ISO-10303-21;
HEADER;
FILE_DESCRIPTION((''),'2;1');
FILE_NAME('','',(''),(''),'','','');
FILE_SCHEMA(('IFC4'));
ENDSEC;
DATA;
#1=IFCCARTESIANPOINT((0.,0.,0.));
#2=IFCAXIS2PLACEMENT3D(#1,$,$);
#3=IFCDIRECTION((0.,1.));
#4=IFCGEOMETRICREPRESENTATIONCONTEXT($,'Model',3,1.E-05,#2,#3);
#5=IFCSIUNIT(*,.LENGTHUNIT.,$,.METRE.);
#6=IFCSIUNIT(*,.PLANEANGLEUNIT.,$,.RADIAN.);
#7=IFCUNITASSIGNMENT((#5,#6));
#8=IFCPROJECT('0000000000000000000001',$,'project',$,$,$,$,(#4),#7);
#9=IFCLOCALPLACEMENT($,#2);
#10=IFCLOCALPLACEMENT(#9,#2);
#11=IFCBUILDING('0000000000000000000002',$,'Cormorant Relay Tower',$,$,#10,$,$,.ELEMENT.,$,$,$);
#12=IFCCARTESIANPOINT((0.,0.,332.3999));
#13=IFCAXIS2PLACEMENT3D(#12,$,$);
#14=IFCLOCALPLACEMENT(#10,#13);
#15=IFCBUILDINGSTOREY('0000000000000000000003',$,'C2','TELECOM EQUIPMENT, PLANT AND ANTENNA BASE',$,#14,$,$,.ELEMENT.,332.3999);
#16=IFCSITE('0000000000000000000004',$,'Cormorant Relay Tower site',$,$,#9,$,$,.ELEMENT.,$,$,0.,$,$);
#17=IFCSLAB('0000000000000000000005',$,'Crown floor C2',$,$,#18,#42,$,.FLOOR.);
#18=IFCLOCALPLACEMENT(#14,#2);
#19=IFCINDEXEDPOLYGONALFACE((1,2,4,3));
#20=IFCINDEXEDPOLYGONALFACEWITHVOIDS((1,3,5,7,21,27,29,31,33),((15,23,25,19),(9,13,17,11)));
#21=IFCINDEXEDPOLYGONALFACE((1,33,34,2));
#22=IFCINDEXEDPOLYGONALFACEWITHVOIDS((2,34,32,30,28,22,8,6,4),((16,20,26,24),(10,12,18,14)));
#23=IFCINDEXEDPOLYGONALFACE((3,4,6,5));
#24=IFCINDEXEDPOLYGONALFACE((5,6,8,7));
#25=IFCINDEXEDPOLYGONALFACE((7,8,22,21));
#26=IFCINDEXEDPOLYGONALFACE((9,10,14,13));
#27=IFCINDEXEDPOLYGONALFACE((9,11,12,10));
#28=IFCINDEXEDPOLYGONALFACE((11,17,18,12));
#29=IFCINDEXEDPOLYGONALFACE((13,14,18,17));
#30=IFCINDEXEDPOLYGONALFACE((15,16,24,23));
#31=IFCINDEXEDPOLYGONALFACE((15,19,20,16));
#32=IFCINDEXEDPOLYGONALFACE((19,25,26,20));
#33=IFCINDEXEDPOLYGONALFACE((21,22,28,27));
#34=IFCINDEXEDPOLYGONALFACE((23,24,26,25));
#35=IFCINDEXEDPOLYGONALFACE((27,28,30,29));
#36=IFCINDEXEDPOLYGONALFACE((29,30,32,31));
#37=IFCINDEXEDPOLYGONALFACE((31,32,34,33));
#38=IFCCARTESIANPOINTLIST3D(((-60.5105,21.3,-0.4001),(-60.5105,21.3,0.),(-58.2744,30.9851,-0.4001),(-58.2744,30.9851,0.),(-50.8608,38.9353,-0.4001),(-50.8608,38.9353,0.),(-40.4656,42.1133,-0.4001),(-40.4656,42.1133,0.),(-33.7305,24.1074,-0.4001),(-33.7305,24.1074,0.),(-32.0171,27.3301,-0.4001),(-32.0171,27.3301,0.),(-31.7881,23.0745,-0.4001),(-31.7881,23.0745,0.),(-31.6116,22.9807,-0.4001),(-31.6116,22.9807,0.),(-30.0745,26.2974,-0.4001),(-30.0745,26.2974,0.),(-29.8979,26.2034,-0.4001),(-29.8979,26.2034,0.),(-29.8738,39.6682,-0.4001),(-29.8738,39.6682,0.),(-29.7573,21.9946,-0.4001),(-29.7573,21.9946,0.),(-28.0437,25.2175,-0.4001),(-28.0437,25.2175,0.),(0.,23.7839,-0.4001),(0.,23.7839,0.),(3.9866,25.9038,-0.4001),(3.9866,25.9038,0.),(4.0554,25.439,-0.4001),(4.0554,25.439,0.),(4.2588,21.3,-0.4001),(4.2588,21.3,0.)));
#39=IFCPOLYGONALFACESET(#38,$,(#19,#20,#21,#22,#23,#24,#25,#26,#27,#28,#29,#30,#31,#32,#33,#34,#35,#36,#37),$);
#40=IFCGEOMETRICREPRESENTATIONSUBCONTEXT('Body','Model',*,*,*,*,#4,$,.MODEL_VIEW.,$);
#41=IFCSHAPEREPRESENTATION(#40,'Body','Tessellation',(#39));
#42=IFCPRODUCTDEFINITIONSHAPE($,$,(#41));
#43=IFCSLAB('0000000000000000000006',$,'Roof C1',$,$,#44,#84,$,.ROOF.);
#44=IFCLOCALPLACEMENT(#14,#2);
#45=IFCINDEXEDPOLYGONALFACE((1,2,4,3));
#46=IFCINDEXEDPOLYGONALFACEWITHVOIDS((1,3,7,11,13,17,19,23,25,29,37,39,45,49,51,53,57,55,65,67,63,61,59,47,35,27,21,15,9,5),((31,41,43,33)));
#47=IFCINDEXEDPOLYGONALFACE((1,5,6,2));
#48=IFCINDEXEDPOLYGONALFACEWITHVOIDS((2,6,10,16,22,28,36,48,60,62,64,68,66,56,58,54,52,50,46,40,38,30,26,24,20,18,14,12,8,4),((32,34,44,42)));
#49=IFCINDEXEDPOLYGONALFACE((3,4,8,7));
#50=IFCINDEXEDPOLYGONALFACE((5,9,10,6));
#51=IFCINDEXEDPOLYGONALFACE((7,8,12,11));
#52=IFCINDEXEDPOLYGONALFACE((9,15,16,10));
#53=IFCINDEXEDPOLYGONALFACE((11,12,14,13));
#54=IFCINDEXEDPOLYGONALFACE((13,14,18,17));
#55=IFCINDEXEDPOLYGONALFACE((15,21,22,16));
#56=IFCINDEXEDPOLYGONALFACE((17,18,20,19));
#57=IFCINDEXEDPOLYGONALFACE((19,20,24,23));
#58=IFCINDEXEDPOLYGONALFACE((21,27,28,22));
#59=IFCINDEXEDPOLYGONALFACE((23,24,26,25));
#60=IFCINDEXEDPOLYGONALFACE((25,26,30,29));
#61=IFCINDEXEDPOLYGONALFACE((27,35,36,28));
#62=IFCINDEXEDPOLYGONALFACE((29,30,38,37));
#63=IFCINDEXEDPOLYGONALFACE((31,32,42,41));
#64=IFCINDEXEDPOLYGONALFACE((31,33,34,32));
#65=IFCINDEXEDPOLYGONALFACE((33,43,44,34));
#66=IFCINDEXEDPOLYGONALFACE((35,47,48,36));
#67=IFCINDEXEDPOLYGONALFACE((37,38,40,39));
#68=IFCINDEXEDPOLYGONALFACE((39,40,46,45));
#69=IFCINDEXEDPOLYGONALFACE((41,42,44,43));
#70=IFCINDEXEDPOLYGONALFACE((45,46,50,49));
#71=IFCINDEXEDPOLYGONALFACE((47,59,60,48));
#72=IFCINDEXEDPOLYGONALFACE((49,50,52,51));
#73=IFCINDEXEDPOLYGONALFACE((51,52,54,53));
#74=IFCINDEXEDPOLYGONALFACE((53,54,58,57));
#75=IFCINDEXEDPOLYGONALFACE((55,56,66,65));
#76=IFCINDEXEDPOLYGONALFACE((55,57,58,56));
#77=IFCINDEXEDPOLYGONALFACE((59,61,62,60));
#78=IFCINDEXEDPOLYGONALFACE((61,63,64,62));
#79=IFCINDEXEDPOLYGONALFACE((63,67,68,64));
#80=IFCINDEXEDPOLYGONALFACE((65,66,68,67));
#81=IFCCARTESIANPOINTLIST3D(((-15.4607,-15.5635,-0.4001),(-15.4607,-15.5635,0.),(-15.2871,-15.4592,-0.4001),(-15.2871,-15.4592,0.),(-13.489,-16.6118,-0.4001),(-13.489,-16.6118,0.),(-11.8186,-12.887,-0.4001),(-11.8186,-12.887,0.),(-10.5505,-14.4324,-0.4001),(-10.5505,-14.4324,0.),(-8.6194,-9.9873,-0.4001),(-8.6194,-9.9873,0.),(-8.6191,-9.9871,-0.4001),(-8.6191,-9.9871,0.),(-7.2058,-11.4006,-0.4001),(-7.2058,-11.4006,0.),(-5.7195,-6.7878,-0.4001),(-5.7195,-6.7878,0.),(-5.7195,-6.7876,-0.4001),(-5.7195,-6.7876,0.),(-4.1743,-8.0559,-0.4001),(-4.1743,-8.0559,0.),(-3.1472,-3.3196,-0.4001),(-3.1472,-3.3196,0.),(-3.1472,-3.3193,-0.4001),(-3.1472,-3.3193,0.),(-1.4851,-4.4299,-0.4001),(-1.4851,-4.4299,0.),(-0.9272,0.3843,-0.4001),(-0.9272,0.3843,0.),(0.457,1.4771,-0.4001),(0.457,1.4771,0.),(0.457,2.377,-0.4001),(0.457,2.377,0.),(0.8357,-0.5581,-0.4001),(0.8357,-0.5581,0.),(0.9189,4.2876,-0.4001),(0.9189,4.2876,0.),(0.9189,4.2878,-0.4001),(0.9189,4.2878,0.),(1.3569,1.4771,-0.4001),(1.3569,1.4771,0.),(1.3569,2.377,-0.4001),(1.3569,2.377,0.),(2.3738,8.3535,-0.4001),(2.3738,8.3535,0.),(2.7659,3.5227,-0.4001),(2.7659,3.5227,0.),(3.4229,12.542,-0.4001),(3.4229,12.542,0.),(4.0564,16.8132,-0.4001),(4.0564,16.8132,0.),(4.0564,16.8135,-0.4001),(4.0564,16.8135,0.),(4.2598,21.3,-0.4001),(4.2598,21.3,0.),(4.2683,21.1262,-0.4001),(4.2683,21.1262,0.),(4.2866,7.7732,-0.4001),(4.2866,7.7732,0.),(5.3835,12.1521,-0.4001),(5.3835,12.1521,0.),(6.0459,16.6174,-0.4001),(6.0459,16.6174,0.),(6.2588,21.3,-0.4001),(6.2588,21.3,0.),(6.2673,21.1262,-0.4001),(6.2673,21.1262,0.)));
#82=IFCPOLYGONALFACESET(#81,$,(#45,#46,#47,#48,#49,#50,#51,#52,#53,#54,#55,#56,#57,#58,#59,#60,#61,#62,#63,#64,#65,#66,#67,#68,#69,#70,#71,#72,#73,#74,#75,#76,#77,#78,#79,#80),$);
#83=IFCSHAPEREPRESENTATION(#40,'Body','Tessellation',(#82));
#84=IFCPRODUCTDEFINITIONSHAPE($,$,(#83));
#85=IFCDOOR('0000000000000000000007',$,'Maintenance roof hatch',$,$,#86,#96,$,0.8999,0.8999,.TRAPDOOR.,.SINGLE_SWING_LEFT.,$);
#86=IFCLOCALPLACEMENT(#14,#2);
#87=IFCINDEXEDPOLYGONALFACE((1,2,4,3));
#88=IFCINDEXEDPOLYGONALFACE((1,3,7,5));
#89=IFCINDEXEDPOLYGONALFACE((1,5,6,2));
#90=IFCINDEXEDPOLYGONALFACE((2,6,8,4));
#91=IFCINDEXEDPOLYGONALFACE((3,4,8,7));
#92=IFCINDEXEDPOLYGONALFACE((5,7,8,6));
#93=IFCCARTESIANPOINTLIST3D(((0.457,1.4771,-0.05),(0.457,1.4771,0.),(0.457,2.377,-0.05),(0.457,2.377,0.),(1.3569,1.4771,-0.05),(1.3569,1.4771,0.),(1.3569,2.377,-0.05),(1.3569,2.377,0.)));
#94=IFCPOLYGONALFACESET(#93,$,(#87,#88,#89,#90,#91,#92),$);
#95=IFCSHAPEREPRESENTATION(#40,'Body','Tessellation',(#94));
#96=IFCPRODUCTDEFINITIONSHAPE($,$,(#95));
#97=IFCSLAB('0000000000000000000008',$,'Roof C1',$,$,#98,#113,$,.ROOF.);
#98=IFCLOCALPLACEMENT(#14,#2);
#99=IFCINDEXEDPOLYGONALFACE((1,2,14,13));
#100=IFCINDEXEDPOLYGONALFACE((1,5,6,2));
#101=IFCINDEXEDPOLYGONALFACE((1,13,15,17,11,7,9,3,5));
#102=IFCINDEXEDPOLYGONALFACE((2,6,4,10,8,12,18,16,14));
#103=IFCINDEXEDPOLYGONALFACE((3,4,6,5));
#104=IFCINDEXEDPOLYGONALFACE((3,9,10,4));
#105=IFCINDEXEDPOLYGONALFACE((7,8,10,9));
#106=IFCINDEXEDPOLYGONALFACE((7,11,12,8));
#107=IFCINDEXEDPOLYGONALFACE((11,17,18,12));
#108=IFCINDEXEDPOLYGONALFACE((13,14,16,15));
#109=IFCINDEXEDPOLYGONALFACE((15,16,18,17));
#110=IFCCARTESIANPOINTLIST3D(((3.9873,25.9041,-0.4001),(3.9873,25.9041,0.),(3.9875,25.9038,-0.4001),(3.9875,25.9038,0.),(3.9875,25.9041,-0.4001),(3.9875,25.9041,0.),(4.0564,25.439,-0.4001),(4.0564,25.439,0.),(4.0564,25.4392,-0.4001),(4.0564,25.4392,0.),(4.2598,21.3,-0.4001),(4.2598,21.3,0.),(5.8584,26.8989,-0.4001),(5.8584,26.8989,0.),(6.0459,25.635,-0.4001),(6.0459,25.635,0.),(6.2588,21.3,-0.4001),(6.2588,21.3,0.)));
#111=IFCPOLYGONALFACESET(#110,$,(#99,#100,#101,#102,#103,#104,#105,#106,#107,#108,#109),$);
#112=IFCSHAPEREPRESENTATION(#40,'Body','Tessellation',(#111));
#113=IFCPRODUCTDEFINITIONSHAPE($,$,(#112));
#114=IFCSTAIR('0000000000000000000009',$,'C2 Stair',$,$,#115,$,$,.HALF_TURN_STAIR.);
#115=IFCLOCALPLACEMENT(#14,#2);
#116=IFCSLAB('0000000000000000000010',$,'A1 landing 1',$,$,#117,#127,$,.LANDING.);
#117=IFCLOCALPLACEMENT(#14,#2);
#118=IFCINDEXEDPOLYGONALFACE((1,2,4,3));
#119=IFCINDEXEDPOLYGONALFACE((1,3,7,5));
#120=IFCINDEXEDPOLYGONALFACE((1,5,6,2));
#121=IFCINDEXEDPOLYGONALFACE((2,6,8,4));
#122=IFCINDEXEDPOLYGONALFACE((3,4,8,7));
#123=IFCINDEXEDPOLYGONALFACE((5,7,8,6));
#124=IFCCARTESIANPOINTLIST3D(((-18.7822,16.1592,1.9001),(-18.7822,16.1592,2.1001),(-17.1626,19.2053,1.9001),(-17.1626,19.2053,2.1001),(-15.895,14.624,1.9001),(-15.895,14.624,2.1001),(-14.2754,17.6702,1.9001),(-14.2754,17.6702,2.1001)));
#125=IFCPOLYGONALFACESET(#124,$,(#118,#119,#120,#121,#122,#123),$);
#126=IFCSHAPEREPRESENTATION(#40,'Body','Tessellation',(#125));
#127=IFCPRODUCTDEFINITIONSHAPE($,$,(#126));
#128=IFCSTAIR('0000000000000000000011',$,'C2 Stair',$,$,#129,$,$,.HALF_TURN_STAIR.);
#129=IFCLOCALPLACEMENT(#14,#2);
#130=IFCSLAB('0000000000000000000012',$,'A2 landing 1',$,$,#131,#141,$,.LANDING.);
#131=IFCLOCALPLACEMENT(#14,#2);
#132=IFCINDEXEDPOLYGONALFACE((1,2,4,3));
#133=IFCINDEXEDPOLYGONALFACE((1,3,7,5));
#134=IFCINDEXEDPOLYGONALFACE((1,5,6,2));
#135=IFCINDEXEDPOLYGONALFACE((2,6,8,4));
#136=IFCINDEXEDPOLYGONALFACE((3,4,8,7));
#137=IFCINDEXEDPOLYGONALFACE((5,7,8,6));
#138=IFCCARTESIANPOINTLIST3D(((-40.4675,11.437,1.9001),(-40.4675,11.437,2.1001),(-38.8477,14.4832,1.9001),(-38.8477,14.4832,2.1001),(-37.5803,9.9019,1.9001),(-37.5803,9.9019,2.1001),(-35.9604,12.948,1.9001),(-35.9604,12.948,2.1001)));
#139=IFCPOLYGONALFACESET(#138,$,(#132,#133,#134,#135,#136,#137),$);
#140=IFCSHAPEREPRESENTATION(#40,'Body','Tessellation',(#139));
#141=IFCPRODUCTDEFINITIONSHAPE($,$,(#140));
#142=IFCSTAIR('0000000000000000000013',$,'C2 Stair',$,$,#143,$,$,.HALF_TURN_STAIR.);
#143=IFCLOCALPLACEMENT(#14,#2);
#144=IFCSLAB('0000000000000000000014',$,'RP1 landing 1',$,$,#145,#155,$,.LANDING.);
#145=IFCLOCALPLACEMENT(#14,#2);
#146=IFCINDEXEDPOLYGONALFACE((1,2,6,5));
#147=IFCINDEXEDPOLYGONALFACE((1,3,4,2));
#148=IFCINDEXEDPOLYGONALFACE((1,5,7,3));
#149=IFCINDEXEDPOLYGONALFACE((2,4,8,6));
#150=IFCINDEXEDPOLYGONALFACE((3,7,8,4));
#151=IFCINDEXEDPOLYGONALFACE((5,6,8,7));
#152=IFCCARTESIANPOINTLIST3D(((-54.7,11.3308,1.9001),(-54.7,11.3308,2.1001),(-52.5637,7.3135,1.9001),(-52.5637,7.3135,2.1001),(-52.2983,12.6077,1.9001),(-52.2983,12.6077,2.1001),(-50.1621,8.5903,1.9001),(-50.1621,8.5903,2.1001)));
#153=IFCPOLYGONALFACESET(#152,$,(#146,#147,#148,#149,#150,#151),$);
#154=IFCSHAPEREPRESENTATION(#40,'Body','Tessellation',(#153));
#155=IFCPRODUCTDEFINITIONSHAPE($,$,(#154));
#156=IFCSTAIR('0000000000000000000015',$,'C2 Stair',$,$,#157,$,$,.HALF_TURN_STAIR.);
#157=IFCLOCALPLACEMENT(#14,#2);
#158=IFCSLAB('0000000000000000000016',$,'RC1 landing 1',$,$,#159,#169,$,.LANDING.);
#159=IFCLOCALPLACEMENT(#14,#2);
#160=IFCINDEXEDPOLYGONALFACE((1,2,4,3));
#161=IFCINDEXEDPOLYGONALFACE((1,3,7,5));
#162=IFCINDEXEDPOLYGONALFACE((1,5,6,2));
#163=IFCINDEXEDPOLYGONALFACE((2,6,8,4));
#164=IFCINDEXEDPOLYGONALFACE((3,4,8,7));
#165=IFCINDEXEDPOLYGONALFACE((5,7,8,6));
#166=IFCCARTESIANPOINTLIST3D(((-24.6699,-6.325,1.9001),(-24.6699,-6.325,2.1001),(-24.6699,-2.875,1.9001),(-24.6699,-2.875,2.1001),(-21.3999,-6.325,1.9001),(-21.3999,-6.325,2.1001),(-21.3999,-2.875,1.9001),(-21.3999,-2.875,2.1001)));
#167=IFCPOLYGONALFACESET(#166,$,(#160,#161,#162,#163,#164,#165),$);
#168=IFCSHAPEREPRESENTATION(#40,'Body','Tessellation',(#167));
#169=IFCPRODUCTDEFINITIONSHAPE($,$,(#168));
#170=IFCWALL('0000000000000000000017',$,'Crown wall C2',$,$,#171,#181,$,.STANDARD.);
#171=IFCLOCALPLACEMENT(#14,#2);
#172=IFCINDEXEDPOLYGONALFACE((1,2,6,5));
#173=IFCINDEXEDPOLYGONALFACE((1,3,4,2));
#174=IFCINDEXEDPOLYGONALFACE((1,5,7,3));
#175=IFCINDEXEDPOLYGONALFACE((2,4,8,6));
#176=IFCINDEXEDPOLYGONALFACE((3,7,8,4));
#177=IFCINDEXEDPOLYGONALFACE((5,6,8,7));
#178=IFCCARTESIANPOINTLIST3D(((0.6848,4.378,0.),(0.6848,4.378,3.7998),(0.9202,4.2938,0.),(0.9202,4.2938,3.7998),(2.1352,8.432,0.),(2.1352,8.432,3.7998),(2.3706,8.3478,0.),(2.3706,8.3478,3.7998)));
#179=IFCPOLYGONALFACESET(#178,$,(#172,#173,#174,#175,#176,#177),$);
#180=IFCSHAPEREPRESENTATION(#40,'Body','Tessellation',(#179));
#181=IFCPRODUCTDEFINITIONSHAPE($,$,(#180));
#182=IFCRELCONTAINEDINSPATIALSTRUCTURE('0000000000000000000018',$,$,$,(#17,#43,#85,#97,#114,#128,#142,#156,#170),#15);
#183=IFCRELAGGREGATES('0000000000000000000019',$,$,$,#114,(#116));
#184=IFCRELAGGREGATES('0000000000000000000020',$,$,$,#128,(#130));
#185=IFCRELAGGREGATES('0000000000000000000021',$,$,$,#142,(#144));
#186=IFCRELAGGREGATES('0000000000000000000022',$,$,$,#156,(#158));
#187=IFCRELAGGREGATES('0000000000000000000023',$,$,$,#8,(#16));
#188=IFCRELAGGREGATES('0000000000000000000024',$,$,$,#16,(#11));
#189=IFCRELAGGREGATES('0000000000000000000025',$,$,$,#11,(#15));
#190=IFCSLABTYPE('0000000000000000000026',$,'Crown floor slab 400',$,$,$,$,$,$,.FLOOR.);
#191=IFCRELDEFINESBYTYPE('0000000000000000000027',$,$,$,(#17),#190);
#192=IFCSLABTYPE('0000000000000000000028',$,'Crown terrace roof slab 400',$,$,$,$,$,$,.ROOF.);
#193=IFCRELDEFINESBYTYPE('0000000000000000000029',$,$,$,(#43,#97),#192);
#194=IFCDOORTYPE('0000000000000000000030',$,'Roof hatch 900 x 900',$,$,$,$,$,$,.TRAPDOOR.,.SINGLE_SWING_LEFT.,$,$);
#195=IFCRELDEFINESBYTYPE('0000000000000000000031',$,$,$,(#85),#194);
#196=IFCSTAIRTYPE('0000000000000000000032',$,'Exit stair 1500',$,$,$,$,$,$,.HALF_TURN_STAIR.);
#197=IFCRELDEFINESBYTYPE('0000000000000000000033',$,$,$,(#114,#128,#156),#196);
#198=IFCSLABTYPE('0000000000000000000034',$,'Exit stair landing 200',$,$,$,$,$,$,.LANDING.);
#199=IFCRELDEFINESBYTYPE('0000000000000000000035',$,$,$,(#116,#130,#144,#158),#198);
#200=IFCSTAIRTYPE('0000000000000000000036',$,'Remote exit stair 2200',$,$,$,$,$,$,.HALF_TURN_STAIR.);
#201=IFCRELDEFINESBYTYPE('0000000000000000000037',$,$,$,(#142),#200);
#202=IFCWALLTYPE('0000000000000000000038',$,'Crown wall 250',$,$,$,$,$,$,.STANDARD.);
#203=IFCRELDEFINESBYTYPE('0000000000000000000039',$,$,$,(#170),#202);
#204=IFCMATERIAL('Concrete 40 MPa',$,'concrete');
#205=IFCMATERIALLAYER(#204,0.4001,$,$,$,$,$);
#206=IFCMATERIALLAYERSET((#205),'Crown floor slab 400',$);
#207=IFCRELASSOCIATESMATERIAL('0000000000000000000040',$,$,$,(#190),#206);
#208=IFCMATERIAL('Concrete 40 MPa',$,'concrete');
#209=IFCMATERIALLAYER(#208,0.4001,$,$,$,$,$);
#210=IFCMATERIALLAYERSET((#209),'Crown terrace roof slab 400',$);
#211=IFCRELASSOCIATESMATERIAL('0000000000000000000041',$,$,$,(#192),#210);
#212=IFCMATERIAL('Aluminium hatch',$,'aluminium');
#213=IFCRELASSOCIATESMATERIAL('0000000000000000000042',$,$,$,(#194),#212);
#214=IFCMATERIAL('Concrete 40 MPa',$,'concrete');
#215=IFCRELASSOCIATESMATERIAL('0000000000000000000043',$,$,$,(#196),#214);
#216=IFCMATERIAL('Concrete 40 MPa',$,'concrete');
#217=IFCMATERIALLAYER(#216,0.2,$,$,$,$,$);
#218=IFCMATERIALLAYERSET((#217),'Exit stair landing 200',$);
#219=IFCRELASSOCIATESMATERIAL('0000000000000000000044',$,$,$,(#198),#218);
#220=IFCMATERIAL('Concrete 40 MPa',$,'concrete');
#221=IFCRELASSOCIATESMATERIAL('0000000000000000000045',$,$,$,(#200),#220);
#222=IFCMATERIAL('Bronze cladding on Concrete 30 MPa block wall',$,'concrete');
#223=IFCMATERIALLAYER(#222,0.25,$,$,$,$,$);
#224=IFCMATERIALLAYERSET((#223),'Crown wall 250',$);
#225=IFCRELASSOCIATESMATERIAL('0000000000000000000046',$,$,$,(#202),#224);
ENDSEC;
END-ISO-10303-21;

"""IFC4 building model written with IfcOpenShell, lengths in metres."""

from ifc_helpers import new_model, si_unit, direction, frame, frame_2d, origin, origin_2d, place, context, subcontext, project, spatial, polyline, rectangle, outline, extrude, material, layer, layer_set, type_object, element, fill, aggregate, save


model = new_model("IFC4")

# Units and contexts
model_context = context("Model", 3, precision=1e-05, world=origin(), true_north=direction((0.0, 1.0)))
body_context = subcontext(model_context, "Body", "Model", "MODEL_VIEW")
ifc_project = project(units=[si_unit("LENGTHUNIT", "METRE"), si_unit("PLANEANGLEUNIT", "RADIAN")], contexts=[model_context])

# Site, building, storey
site_placement = place(None, origin())
site = spatial("IfcSite", under=ifc_project, at=site_placement, Name="Cormorant Relay Tower site", CompositionType="ELEMENT", RefElevation=0.0)
building_placement = place(site_placement, origin())
building = spatial("IfcBuilding", under=site, at=building_placement, Name="Cormorant Relay Tower", CompositionType="ELEMENT")
storey_placement = place(building_placement, frame((0.0, 0.0, 332.3999)))
storey = spatial("IfcBuildingStorey", under=building, at=storey_placement, Name="C2", Description="TELECOM EQUIPMENT, PLANT AND ANTENNA BASE", CompositionType="ELEMENT", Elevation=332.3999)

# Slab
ifc_material_1 = material(Name="Concrete 40 MPa", Category="concrete")
ifc_layer_1 = layer(ifc_material_1, 0.4001)
ifc_layer_set_1 = layer_set([ifc_layer_1], Name="Crown floor slab 400")
slab_type_1 = type_object("IfcSlabType", Name="Crown floor slab 400", PredefinedType="FLOOR", material=ifc_layer_set_1)
slab_1_placement = place(storey_placement, frame((0.0, 0.0, -0.4001)))
element("IfcSlab", 1, at=slab_1_placement, inside=storey, type_object=slab_type_1, Name="Crown floor C2", PredefinedType="FLOOR", context=body_context, shape_type="SweptSolid", body=[
    extrude(outline(polyline([(-60.5105, 21.3), (4.2588, 21.3), (4.0554, 25.439), (3.9866, 25.9038), (0.0, 23.7839), (-29.8738, 39.6682), (-40.4656, 42.1133), (-50.8608, 38.9353), (-58.2744, 30.9851), (-60.5105, 21.3)]), holes=[polyline([(-29.7573, 21.9946), (-28.0437, 25.2175), (-29.8979, 26.2034), (-31.6116, 22.9807), (-29.7573, 21.9946)]), polyline([(-33.7305, 24.1074), (-31.7881, 23.0745), (-30.0745, 26.2974), (-32.0171, 27.3301), (-33.7305, 24.1074)])]), origin(), (0.0, 0.0, 1.0), 0.4001),
])

# Slab, opening, door
ifc_material_2 = material(Name="Concrete 40 MPa", Category="concrete")
ifc_layer_2 = layer(ifc_material_2, 0.4001)
ifc_layer_set_2 = layer_set([ifc_layer_2], Name="Crown terrace roof slab 400")
slab_type_2 = type_object("IfcSlabType", Name="Crown terrace roof slab 400", PredefinedType="ROOF", material=ifc_layer_set_2)
slab_2_placement = place(storey_placement, frame((0.0, 0.0, -0.4001)))
slab_2 = element("IfcSlab", 2, at=slab_2_placement, inside=storey, type_object=slab_type_2, Name="Roof C1", PredefinedType="ROOF", context=body_context, shape_type="SweptSolid", body=[
    extrude(outline(polyline([(-13.489, -16.6118), (-10.5505, -14.4324), (-7.2058, -11.4006), (-4.1743, -8.0559), (-1.4851, -4.4299), (0.8357, -0.5581), (2.7659, 3.5227), (4.2866, 7.7732), (5.3835, 12.1521), (6.0459, 16.6174), (6.2673, 21.1262), (6.2588, 21.3), (4.2598, 21.3), (4.2683, 21.1262), (4.2683, 21.1262), (4.0564, 16.8135), (4.0564, 16.8132), (3.4229, 12.542), (3.4229, 12.542), (2.3738, 8.3535), (2.3738, 8.3535), (0.9189, 4.2878), (0.9189, 4.2876), (-0.9272, 0.3843), (-0.9272, 0.3843), (-3.1472, -3.3193), (-3.1472, -3.3196), (-5.7195, -6.7876), (-5.7195, -6.7878), (-8.6191, -9.9871), (-8.6194, -9.9873), (-11.8186, -12.887), (-11.8186, -12.887), (-15.2871, -15.4592), (-15.2871, -15.4592), (-15.4607, -15.5635), (-13.489, -16.6118)])), origin(), (0.0, 0.0, 1.0), 0.4001),
])
opening_placement = place(slab_2_placement, frame((0.907, 1.927, 0.0)))
opening = element("IfcOpeningElement", 3, at=opening_placement, cuts=slab_2, PredefinedType="OPENING", context=body_context, shape_type="SweptSolid", body=[
    extrude(rectangle(XDim=0.8999, YDim=0.8999, at=origin_2d()), origin(), (0.0, 0.0, 1.0), 0.4001),
])
ifc_material_3 = material(Name="Aluminium hatch", Category="aluminium")
door_type = type_object("IfcDoorType", Name="Roof hatch 900 x 900", OperationType="SINGLE_SWING_LEFT", PredefinedType="TRAPDOOR", material=ifc_material_3)
door_placement = place(opening_placement, frame((0.0, 0.0, 0.3501)))
door = element("IfcDoor", 4, at=door_placement, inside=storey, type_object=door_type, Name="Maintenance roof hatch", OperationType="SINGLE_SWING_LEFT", OverallHeight=0.8999, OverallWidth=0.8999, PredefinedType="TRAPDOOR", context=body_context, shape_type="SweptSolid", body=[
    extrude(rectangle(XDim=0.8999, YDim=0.8999, at=origin_2d()), origin(), (0.0, 0.0, 1.0), 0.05),
])
fill(opening, door)

# Slab
slab_3_placement = place(storey_placement, frame((0.0, 0.0, -0.4001)))
element("IfcSlab", 5, at=slab_3_placement, inside=storey, type_object=slab_type_2, Name="Roof C1", PredefinedType="ROOF", context=body_context, shape_type="SweptSolid", body=[
    extrude(outline(polyline([(4.2598, 21.3), (6.2588, 21.3), (6.0459, 25.635), (5.8584, 26.8989), (3.9873, 25.9041), (3.9875, 25.9041), (3.9875, 25.9041), (3.9875, 25.9038), (3.9875, 25.9038), (4.0564, 25.4392), (4.0564, 25.439), (4.2598, 21.3)])), origin(), (0.0, 0.0, 1.0), 0.4001),
])

# Stairs, slabs
ifc_material_4 = material(Name="Concrete 40 MPa", Category="concrete")
stair_type_1 = type_object("IfcStairType", Name="Exit stair 1500", PredefinedType="HALF_TURN_STAIR", material=ifc_material_4)
stair_1_placement = place(storey_placement, origin())
stair_1 = element("IfcStair", 6, at=stair_1_placement, inside=storey, type_object=stair_type_1, Name="C2 Stair", PredefinedType="HALF_TURN_STAIR")
ifc_material_5 = material(Name="Concrete 40 MPa", Category="concrete")
ifc_layer_3 = layer(ifc_material_5, 0.2)
ifc_layer_set_3 = layer_set([ifc_layer_3], Name="Exit stair landing 200")
slab_type_3 = type_object("IfcSlabType", Name="Exit stair landing 200", PredefinedType="LANDING", material=ifc_layer_set_3)
slab_4_placement = place(storey_placement, frame((0.0, 0.0, 1.9001)))
slab_4 = element("IfcSlab", 7, at=slab_4_placement, type_object=slab_type_3, Name="A1 landing 1", PredefinedType="LANDING", context=body_context, shape_type="SweptSolid", body=[
    extrude(outline(polyline([(-18.7822, 16.1592), (-15.895, 14.624), (-14.2754, 17.6702), (-17.1626, 19.2053), (-18.7822, 16.1592)])), origin(), (0.0, 0.0, 1.0), 0.2),
])
aggregate(stair_1, [slab_4])
stair_2_placement = place(storey_placement, origin())
stair_2 = element("IfcStair", 8, at=stair_2_placement, inside=storey, type_object=stair_type_1, Name="C2 Stair", PredefinedType="HALF_TURN_STAIR")
slab_5_placement = place(storey_placement, frame((0.0, 0.0, 1.9001)))
slab_5 = element("IfcSlab", 9, at=slab_5_placement, type_object=slab_type_3, Name="A2 landing 1", PredefinedType="LANDING", context=body_context, shape_type="SweptSolid", body=[
    extrude(outline(polyline([(-35.9604, 12.948), (-38.8477, 14.4832), (-40.4675, 11.437), (-37.5803, 9.9019), (-35.9604, 12.948)])), origin(), (0.0, 0.0, 1.0), 0.2),
])
aggregate(stair_2, [slab_5])
ifc_material_6 = material(Name="Concrete 40 MPa", Category="concrete")
stair_type_2 = type_object("IfcStairType", Name="Remote exit stair 2200", PredefinedType="HALF_TURN_STAIR", material=ifc_material_6)
stair_3_placement = place(storey_placement, origin())
stair_3 = element("IfcStair", 10, at=stair_3_placement, inside=storey, type_object=stair_type_2, Name="C2 Stair", PredefinedType="HALF_TURN_STAIR")
slab_6_placement = place(storey_placement, frame((0.0, 0.0, 1.9001)))
slab_6 = element("IfcSlab", 11, at=slab_6_placement, type_object=slab_type_3, Name="RP1 landing 1", PredefinedType="LANDING", context=body_context, shape_type="SweptSolid", body=[
    extrude(outline(polyline([(-52.2983, 12.6077), (-54.7, 11.3308), (-52.5637, 7.3135), (-50.1621, 8.5903), (-52.2983, 12.6077)])), origin(), (0.0, 0.0, 1.0), 0.2),
])
aggregate(stair_3, [slab_6])
stair_4_placement = place(storey_placement, origin())
stair_4 = element("IfcStair", 12, at=stair_4_placement, inside=storey, type_object=stair_type_1, Name="C2 Stair", PredefinedType="HALF_TURN_STAIR")
slab_7_placement = place(storey_placement, frame((0.0, 0.0, 1.9001)))
slab_7 = element("IfcSlab", 13, at=slab_7_placement, type_object=slab_type_3, Name="RC1 landing 1", PredefinedType="LANDING", context=body_context, shape_type="SweptSolid", body=[
    extrude(outline(polyline([(-24.6699, -6.325), (-21.3999, -6.325), (-21.3999, -2.875), (-24.6699, -2.875), (-24.6699, -6.325)])), origin(), (0.0, 0.0, 1.0), 0.2),
])
aggregate(stair_4, [slab_7])

# Wall
ifc_material_7 = material(Name="Bronze cladding on Concrete 30 MPa block wall", Category="concrete")
ifc_layer_4 = layer(ifc_material_7, 0.25)
ifc_layer_set_4 = layer_set([ifc_layer_4], Name="Crown wall 250")
wall_type_1 = type_object("IfcWallType", Name="Crown wall 250", PredefinedType="STANDARD", material=ifc_layer_set_4)
for number, where, z_axis, x_axis, name in (
    (14, (2.2529, 8.3899, 0.0), (0.0, 0.0, 1.0), (-0.336872, -0.941551, 0.0), "Crown wall C2"),
):
    element("IfcWall", number, at=place(storey_placement, frame(where, z_axis=z_axis, x_axis=x_axis)), inside=storey, type_object=wall_type_1, Name=name, PredefinedType="STANDARD", context=body_context, shape_type="SweptSolid", body=[
        extrude(rectangle(XDim=4.3057, YDim=0.25, at=frame_2d((2.1528, 0.0))), origin(), (0.0, 0.0, 1.0), 3.7998),
    ])

save(model, "model.ifc")
